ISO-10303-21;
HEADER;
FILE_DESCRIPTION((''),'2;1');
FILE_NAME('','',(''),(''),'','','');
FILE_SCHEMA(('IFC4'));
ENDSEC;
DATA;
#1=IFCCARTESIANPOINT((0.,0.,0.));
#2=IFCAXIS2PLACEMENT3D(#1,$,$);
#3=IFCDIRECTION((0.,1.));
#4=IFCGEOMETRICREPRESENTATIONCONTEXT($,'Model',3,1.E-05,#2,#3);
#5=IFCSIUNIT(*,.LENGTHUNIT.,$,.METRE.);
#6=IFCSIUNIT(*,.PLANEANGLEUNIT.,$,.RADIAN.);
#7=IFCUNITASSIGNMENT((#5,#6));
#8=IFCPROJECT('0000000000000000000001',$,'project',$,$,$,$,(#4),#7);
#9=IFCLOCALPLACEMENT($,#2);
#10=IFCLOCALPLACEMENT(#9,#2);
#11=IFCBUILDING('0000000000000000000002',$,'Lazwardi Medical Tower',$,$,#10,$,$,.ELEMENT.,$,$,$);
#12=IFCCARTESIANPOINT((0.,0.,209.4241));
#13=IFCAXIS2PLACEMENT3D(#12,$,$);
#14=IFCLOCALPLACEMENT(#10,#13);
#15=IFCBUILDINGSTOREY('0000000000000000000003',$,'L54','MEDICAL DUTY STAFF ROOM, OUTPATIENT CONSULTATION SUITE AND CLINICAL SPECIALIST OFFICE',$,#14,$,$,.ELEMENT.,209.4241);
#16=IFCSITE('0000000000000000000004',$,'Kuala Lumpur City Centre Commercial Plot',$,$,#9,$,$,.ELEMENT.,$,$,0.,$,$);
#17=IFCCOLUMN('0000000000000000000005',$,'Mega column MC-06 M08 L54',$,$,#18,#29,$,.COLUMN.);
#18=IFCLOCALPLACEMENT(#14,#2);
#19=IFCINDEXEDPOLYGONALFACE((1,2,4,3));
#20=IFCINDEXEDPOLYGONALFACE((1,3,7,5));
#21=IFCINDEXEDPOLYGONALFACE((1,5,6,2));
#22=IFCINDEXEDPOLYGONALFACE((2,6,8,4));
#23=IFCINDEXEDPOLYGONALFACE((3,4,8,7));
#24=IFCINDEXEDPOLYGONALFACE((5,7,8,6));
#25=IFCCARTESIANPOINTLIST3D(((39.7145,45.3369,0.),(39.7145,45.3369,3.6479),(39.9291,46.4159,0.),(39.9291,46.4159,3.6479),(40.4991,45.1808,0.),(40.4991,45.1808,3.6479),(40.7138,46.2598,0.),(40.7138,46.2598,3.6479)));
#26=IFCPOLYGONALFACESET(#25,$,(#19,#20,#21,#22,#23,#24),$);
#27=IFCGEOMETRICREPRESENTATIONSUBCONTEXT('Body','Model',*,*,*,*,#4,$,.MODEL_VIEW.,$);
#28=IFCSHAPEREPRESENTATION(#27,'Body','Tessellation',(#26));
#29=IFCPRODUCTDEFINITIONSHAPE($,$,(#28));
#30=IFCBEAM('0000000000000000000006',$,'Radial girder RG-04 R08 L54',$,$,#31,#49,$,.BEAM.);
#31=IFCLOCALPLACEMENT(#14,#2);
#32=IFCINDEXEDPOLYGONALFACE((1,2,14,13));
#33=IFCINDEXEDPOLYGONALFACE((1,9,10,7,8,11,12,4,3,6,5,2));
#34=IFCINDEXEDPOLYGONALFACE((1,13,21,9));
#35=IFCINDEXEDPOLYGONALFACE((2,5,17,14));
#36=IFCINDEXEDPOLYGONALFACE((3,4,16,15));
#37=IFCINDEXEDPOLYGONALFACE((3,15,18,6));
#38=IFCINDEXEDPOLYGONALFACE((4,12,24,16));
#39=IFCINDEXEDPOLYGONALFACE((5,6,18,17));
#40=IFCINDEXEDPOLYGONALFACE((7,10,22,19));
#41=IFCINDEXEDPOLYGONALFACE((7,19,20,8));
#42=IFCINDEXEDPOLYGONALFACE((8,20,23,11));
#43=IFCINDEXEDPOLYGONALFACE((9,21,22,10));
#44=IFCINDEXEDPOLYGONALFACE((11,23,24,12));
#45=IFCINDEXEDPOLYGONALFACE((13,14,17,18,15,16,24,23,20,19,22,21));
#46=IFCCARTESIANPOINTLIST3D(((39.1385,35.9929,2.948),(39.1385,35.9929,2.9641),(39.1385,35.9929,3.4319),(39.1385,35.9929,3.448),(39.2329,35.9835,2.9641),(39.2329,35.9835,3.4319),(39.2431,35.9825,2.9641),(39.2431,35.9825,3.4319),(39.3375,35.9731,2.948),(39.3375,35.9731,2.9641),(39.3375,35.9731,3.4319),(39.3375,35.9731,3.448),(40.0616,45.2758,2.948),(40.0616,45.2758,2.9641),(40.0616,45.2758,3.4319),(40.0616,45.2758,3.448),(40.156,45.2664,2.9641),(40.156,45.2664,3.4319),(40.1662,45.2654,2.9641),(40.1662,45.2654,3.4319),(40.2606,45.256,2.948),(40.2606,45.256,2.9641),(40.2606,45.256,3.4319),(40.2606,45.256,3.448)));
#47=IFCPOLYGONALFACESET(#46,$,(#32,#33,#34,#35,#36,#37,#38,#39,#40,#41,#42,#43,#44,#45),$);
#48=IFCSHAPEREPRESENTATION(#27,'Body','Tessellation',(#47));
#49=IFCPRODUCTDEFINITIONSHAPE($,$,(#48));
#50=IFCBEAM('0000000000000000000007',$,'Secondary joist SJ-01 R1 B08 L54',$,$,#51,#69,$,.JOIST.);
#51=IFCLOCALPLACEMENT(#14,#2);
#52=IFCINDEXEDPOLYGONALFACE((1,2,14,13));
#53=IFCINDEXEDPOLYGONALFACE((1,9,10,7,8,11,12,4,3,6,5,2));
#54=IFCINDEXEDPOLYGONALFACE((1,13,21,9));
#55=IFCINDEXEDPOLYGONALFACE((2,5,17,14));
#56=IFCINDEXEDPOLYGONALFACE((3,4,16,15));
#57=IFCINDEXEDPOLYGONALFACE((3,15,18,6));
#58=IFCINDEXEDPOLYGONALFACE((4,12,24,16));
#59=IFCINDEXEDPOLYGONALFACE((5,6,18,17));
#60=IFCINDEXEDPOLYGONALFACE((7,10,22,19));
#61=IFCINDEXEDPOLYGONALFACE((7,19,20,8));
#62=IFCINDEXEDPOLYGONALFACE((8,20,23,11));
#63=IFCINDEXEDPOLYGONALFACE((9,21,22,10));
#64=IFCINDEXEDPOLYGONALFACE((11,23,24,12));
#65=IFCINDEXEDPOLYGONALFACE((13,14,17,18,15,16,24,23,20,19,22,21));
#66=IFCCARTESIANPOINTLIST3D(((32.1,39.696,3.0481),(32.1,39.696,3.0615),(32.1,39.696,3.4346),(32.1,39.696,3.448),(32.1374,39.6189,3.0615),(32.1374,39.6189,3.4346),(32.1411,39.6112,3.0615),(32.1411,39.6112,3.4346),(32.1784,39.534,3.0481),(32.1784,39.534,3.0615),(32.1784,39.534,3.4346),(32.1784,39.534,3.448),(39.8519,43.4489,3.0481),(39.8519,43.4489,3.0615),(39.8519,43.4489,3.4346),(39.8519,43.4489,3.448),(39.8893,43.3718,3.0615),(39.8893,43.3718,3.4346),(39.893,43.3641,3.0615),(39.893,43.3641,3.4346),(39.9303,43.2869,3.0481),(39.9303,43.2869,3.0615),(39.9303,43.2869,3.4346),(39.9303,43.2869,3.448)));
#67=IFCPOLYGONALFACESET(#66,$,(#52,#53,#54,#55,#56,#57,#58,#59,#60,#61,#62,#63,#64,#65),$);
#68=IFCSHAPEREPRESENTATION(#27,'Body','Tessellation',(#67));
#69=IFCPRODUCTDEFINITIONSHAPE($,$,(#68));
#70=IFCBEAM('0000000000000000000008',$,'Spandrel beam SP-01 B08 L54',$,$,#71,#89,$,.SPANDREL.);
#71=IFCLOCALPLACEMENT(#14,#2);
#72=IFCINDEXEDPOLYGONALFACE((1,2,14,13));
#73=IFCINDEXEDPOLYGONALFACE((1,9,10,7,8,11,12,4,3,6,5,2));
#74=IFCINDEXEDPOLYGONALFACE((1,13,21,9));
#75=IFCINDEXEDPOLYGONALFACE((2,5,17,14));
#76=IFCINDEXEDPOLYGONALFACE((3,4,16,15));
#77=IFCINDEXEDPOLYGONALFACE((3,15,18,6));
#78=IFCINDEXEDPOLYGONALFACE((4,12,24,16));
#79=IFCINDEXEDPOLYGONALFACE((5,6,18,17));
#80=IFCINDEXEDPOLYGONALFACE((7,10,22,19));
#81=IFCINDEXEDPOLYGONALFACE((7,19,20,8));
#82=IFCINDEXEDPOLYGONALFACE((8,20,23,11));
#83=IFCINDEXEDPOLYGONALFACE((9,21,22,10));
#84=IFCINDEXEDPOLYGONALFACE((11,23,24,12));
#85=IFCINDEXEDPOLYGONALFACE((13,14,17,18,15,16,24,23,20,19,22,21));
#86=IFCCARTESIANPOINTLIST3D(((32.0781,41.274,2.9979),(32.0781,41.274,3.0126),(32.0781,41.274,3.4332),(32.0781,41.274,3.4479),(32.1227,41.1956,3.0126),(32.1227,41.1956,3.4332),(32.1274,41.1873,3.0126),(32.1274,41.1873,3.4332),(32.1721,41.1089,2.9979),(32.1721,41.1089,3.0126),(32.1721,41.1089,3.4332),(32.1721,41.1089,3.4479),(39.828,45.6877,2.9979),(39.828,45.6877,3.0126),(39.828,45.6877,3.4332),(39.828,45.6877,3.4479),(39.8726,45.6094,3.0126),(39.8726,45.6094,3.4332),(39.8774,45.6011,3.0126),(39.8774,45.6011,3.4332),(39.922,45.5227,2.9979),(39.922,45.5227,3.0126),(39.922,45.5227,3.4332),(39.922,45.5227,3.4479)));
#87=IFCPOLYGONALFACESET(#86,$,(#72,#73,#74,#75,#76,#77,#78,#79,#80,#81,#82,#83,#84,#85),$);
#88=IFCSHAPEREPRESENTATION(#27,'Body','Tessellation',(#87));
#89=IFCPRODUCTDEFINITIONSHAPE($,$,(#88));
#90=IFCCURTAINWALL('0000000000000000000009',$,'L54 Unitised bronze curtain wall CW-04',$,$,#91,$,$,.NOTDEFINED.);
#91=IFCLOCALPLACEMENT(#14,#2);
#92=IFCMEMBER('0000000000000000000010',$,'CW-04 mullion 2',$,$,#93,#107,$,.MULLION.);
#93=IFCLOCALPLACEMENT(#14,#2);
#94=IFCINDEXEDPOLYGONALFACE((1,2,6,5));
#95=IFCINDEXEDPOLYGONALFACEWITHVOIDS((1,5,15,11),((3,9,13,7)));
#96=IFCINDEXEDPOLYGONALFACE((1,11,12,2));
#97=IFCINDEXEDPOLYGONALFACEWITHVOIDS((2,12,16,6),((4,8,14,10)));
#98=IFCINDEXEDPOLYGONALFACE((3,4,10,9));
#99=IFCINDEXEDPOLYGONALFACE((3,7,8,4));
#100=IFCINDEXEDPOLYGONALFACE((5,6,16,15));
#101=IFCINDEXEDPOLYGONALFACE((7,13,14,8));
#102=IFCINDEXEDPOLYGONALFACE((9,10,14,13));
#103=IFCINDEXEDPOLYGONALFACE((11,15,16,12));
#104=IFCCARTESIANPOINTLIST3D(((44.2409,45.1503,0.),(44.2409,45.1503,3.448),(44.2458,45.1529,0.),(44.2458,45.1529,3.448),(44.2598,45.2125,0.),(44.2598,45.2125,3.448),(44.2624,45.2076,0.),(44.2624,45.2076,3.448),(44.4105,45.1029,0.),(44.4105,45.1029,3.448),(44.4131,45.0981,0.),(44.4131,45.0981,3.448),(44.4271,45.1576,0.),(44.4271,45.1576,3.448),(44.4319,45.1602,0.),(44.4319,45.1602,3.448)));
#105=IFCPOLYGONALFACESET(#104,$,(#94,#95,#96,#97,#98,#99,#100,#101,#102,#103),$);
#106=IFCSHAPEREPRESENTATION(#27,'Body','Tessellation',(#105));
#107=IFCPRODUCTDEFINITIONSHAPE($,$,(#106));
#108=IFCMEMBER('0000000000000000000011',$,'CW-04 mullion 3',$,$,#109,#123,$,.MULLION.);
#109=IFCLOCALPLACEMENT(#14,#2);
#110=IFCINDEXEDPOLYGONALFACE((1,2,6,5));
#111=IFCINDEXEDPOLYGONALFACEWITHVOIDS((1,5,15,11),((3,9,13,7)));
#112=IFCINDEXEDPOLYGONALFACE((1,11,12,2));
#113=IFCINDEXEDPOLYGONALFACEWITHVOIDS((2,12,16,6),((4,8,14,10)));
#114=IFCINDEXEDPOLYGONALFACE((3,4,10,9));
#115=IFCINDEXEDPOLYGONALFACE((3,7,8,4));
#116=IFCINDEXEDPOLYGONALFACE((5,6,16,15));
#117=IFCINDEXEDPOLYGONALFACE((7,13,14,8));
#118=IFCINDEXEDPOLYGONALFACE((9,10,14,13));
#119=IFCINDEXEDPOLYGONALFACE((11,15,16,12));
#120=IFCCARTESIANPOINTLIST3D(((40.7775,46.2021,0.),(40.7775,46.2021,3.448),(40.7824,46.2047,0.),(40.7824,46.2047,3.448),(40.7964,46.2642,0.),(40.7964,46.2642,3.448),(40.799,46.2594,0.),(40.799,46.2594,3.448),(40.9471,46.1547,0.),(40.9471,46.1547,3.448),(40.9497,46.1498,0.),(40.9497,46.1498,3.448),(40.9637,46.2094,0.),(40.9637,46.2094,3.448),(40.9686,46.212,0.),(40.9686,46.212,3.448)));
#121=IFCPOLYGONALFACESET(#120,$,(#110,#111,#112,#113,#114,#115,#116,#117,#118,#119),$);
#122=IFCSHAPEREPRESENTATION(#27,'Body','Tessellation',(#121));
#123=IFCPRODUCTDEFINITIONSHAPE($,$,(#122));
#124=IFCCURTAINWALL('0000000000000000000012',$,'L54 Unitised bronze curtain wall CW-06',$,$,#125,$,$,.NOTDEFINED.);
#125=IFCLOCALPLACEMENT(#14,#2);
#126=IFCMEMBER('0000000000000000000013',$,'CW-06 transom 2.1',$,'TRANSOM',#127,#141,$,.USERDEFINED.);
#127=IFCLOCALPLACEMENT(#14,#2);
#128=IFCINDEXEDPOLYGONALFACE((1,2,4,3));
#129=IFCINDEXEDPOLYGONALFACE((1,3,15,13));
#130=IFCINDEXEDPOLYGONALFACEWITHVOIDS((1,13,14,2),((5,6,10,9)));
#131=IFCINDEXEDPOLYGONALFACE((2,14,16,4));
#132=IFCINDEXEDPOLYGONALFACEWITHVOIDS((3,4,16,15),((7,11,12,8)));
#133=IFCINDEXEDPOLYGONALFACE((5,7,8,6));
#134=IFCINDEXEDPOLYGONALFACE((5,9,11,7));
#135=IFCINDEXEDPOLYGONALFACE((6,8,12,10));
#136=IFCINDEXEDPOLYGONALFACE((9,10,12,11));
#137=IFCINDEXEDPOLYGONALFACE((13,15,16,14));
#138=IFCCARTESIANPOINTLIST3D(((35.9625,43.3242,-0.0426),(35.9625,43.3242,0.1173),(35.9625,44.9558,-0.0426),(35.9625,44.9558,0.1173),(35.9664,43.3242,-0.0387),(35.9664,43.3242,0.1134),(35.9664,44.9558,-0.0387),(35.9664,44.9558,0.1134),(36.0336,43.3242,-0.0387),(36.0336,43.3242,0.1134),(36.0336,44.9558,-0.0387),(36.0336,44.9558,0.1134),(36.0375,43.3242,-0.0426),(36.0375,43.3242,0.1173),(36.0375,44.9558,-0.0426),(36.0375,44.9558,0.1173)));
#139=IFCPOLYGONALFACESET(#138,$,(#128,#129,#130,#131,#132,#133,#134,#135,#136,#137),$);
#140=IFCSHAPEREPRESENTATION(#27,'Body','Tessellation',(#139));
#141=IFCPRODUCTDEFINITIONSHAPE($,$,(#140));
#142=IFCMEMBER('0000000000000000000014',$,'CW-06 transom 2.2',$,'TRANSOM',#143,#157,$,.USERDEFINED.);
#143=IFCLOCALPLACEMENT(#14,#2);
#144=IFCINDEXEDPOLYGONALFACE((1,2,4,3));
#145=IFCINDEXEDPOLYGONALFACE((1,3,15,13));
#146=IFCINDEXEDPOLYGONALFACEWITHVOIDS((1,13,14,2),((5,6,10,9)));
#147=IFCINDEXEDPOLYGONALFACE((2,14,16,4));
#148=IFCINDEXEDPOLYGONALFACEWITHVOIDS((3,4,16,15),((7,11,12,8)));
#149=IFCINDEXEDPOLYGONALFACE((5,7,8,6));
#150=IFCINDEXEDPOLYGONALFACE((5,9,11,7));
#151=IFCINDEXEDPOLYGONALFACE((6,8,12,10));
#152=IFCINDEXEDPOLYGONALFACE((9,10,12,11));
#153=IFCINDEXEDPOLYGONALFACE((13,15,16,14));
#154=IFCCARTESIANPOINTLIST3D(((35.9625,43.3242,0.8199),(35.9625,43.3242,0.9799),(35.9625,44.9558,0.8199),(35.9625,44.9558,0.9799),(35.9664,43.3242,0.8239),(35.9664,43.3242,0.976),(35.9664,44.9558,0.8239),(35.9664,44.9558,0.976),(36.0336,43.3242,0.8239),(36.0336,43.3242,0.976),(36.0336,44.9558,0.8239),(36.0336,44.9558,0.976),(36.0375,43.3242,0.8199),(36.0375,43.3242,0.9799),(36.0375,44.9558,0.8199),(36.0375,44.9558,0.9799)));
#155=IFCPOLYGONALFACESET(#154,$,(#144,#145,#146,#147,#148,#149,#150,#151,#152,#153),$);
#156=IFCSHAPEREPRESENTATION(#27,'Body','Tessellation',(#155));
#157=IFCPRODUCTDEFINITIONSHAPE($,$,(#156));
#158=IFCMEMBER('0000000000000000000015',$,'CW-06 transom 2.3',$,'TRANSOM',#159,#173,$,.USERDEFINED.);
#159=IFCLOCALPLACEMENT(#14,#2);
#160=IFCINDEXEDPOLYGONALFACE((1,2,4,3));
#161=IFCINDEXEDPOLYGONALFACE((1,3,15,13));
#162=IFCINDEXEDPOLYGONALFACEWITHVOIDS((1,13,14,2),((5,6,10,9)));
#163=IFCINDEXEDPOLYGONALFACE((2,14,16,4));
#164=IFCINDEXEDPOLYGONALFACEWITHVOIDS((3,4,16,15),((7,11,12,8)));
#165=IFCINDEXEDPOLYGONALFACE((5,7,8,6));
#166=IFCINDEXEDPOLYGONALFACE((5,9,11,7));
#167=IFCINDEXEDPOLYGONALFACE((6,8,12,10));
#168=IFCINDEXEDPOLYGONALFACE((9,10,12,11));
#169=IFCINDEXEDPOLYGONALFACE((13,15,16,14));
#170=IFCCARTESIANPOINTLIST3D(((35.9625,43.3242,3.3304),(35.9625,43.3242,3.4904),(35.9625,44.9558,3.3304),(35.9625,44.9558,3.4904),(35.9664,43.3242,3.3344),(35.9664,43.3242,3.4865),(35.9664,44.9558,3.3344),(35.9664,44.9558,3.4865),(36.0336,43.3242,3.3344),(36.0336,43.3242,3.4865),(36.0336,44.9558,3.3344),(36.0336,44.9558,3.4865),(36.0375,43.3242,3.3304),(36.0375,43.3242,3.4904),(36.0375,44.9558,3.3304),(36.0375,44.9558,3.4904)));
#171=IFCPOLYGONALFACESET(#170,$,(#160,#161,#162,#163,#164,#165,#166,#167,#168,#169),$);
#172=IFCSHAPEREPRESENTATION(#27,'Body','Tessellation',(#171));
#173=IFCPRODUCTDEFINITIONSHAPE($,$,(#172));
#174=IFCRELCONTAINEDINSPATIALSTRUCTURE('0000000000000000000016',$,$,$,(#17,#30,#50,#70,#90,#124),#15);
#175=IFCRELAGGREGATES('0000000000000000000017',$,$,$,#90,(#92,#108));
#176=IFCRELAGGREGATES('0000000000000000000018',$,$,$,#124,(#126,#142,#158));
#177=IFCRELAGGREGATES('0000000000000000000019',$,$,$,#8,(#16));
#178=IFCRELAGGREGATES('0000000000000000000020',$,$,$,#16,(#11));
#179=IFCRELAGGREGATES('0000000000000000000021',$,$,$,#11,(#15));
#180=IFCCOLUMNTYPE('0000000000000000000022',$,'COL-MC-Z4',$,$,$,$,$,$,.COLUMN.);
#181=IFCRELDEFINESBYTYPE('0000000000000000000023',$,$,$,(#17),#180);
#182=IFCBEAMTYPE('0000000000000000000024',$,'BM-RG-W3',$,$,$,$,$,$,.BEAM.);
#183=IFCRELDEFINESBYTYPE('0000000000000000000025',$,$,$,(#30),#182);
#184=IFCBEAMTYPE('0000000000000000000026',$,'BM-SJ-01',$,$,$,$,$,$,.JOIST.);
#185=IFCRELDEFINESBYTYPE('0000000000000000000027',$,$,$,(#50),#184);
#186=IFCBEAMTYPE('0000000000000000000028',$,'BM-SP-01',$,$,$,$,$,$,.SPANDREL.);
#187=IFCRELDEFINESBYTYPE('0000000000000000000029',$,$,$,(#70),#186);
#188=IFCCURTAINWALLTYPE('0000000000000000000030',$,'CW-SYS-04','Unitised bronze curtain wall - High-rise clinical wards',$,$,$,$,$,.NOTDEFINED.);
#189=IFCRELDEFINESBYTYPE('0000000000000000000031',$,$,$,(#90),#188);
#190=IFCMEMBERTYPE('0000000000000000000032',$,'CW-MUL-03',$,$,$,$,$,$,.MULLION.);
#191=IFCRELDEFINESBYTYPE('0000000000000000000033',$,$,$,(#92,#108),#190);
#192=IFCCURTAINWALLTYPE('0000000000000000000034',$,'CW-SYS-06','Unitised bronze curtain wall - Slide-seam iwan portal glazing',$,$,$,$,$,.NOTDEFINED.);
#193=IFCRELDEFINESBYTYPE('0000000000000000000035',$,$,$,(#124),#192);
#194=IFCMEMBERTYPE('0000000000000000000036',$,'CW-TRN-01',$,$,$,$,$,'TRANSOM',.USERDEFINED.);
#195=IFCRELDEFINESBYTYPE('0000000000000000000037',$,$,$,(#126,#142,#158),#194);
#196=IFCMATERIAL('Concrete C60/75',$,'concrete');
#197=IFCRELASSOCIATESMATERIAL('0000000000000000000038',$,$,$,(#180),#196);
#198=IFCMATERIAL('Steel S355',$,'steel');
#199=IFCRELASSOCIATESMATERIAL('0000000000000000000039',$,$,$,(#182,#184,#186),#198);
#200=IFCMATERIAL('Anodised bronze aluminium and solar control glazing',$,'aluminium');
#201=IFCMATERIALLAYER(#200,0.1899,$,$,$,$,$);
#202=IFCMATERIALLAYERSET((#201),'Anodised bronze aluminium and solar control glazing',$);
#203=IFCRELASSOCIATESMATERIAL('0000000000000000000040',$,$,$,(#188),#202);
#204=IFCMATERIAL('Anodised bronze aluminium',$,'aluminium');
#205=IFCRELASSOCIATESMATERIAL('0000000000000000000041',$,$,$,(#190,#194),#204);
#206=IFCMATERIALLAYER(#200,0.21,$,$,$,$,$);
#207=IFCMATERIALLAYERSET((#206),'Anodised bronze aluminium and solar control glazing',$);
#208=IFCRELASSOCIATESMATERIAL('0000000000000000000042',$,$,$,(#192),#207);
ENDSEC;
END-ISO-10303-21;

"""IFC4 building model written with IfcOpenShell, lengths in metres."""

from ifc_helpers import new_model, si_unit, direction, frame, origin, origin_2d, place, context, subcontext, project, spatial, rectangle, hollow_rectangle, i_section, extrude, material, layer, layer_set, material_profile, profile_set, type_object, element, aggregate, save


model = new_model("IFC4")

# Units and contexts
model_context = context("Model", 3, precision=1e-05, world=origin(), true_north=direction((0.0, 1.0)))
body_context = subcontext(model_context, "Body", "Model", "MODEL_VIEW")
ifc_project = project(units=[si_unit("LENGTHUNIT", "METRE"), si_unit("PLANEANGLEUNIT", "RADIAN")], contexts=[model_context])

# Site, building, storey
site_placement = place(None, origin())
site = spatial("IfcSite", under=ifc_project, at=site_placement, Name="Kuala Lumpur City Centre Commercial Plot", CompositionType="ELEMENT", RefElevation=0.0)
building_placement = place(site_placement, origin())
building = spatial("IfcBuilding", under=site, at=building_placement, Name="Lazwardi Medical Tower", CompositionType="ELEMENT")
storey_placement = place(building_placement, frame((0.0, 0.0, 209.4241)))
storey = spatial("IfcBuildingStorey", under=building, at=storey_placement, Name="L54", Description="MEDICAL DUTY STAFF ROOM, OUTPATIENT CONSULTATION SUITE AND CLINICAL SPECIALIST OFFICE", CompositionType="ELEMENT", Elevation=209.4241)

# Column
ifc_material_1 = material(Name="Concrete C60/75", Category="concrete")
ifc_material_profile_1 = material_profile(ifc_material_1, rectangle(XDim=1.1001, YDim=0.8, at=origin_2d()), Name="CFT-RECT 1100x800")
ifc_profile_set_1 = profile_set([ifc_material_profile_1], Name="Concrete C60/75")
column_type = type_object("IfcColumnType", Name="COL-MC-Z4", PredefinedType="COLUMN", material=ifc_profile_set_1)
column_placement = place(storey_placement, frame((40.2141, 45.7983, 0.0), z_axis=(0.0, 0.0, 1.0), x_axis=(0.19509, 0.980785, 0.0)))
element("IfcColumn", 1, at=column_placement, inside=storey, type_object=column_type, Name="Mega column MC-06 M08 L54", PredefinedType="COLUMN", context=body_context, shape_type="SweptSolid", body=[
    extrude(rectangle(XDim=1.1001, YDim=0.8, at=origin_2d()), origin(), (0.0, 0.0, 1.0), 3.6479),
])

# Beams
ifc_material_2 = material(Name="Steel S355", Category="steel")
ifc_material_profile_2 = material_profile(ifc_material_2, i_section(OverallWidth=0.2, OverallDepth=0.5, WebThickness=0.0103, FlangeThickness=0.0161, at=origin_2d()), Name="IPE 500")
ifc_profile_set_2 = profile_set([ifc_material_profile_2], Name="Steel S355")
beam_type_1 = type_object("IfcBeamType", Name="BM-RG-W3", PredefinedType="BEAM", material=ifc_profile_set_2)
beam_1_placement = place(storey_placement, frame((40.1611, 45.2659, 3.198), z_axis=(-0.098954, -0.995092, 0.0), x_axis=(0.995092, -0.098954, 0.0)))
element("IfcBeam", 2, at=beam_1_placement, inside=storey, type_object=beam_type_1, Name="Radial girder RG-04 R08 L54", PredefinedType="BEAM", context=body_context, shape_type="SweptSolid", body=[
    extrude(i_section(OverallWidth=0.2, OverallDepth=0.5, WebThickness=0.0103, FlangeThickness=0.0161, at=origin_2d()), origin(), (0.0, 0.0, 1.0), 9.3286),
])
ifc_material_profile_3 = material_profile(ifc_material_2, i_section(OverallWidth=0.1799, OverallDepth=0.3999, WebThickness=0.0085, FlangeThickness=0.0134, at=origin_2d()), Name="IPE 400")
ifc_profile_set_3 = profile_set([ifc_material_profile_3], Name="Steel S355")
beam_type_2 = type_object("IfcBeamType", Name="BM-SJ-01", PredefinedType="JOIST", material=ifc_profile_set_3)
beam_2_placement = place(storey_placement, frame((39.8911, 43.3679, 3.248), z_axis=(-0.900069, -0.435748, 0.0), x_axis=(0.435748, -0.900069, 0.0)))
element("IfcBeam", 3, at=beam_2_placement, inside=storey, type_object=beam_type_2, Name="Secondary joist SJ-01 R1 B08 L54", PredefinedType="JOIST", context=body_context, shape_type="SweptSolid", body=[
    extrude(i_section(OverallWidth=0.1799, OverallDepth=0.3999, WebThickness=0.0085, FlangeThickness=0.0134, at=origin_2d()), origin(), (0.0, 0.0, 1.0), 8.6125),
])
ifc_material_profile_4 = material_profile(ifc_material_2, i_section(OverallWidth=0.1899, OverallDepth=0.45, WebThickness=0.0095, FlangeThickness=0.0146, at=origin_2d()), Name="IPE 450")
ifc_profile_set_4 = profile_set([ifc_material_profile_4], Name="Steel S355")
beam_type_3 = type_object("IfcBeamType", Name="BM-SP-01", PredefinedType="SPANDREL", material=ifc_profile_set_4)
beam_3_placement = place(storey_placement, frame((39.875, 45.6052, 3.2229), z_axis=(-0.868955, -0.494891, 0.0), x_axis=(0.494891, -0.868955, 0.0)))
element("IfcBeam", 4, at=beam_3_placement, inside=storey, type_object=beam_type_3, Name="Spandrel beam SP-01 B08 L54", PredefinedType="SPANDREL", context=body_context, shape_type="SweptSolid", body=[
    extrude(i_section(OverallWidth=0.1899, OverallDepth=0.45, WebThickness=0.0095, FlangeThickness=0.0146, at=origin_2d()), origin(), (0.0, 0.0, 1.0), 8.9187),
])

# Curtain walls, members
ifc_material_3 = material(Name="Anodised bronze aluminium and solar control glazing", Category="aluminium")
ifc_layer_1 = layer(ifc_material_3, 0.1899)
ifc_layer_set_1 = layer_set([ifc_layer_1], Name="Anodised bronze aluminium and solar control glazing")
curtain_wall_type_1 = type_object("IfcCurtainWallType", Name="CW-SYS-04", Description="Unitised bronze curtain wall - High-rise clinical wards", PredefinedType="NOTDEFINED", material=ifc_layer_set_1)
curtain_wall_1_placement = place(storey_placement, origin())
curtain_wall_1 = element("IfcCurtainWall", 5, at=curtain_wall_1_placement, inside=storey, type_object=curtain_wall_type_1, Name="L54 Unitised bronze curtain wall CW-04", PredefinedType="NOTDEFINED")
ifc_material_4 = material(Name="Anodised bronze aluminium", Category="aluminium")
ifc_material_profile_5 = material_profile(ifc_material_4, hollow_rectangle(XDim=0.0649, YDim=0.1799, WallThickness=0.0039, at=origin_2d()), Name="ALU-MULLION 180x65x4")
ifc_profile_set_5 = profile_set([ifc_material_profile_5], Name="Anodised bronze aluminium")
member_type_1 = type_object("IfcMemberType", Name="CW-MUL-03", PredefinedType="MULLION", material=ifc_profile_set_5)
member_1_placement = place(storey_placement, frame((44.3364, 45.1553, 0.0), z_axis=(0.0, 0.0, 1.0), x_axis=(-0.290582, -0.95685, 0.0)))
member_1 = element("IfcMember", 6, at=member_1_placement, type_object=member_type_1, Name="CW-04 mullion 2", PredefinedType="MULLION", context=body_context, shape_type="SweptSolid", body=[
    extrude(hollow_rectangle(XDim=0.0649, YDim=0.1799, WallThickness=0.0039, at=origin_2d()), origin(), (0.0, 0.0, 1.0), 3.448),
])
member_2_placement = place(storey_placement, frame((40.873, 46.207, 0.0), z_axis=(0.0, 0.0, 1.0), x_axis=(-0.290582, -0.95685, 0.0)))
member_2 = element("IfcMember", 7, at=member_2_placement, type_object=member_type_1, Name="CW-04 mullion 3", PredefinedType="MULLION", context=body_context, shape_type="SweptSolid", body=[
    extrude(hollow_rectangle(XDim=0.0649, YDim=0.1799, WallThickness=0.0039, at=origin_2d()), origin(), (0.0, 0.0, 1.0), 3.448),
])
ifc_layer_2 = layer(ifc_material_3, 0.21)
ifc_layer_set_2 = layer_set([ifc_layer_2], Name="Anodised bronze aluminium and solar control glazing")
curtain_wall_type_2 = type_object("IfcCurtainWallType", Name="CW-SYS-06", Description="Unitised bronze curtain wall - Slide-seam iwan portal glazing", PredefinedType="NOTDEFINED", material=ifc_layer_set_2)
curtain_wall_2_placement = place(storey_placement, origin())
curtain_wall_2 = element("IfcCurtainWall", 8, at=curtain_wall_2_placement, inside=storey, type_object=curtain_wall_type_2, Name="L54 Unitised bronze curtain wall CW-06", PredefinedType="NOTDEFINED")
ifc_material_profile_6 = material_profile(ifc_material_4, hollow_rectangle(XDim=0.075, YDim=0.1599, WallThickness=0.0039, at=origin_2d()), Name="ALU-TRANSOM 160x75x4")
ifc_profile_set_6 = profile_set([ifc_material_profile_6], Name="Anodised bronze aluminium")
member_type_2 = type_object("IfcMemberType", Name="CW-TRN-01", ElementType="TRANSOM", PredefinedType="USERDEFINED", material=ifc_profile_set_6)
member_3_placement = place(storey_placement, frame((36.0, 44.9558, 0.0374), z_axis=(0.0, -1.0, 0.0), x_axis=(1.0, 0.0, 0.0)))
member_3 = element("IfcMember", 9, at=member_3_placement, type_object=member_type_2, Name="CW-06 transom 2.1", ObjectType="TRANSOM", PredefinedType="USERDEFINED", context=body_context, shape_type="SweptSolid", body=[
    extrude(hollow_rectangle(XDim=0.075, YDim=0.1599, WallThickness=0.0039, at=origin_2d()), origin(), (0.0, 0.0, 1.0), 1.6316),
])
member_4_placement = place(storey_placement, frame((36.0, 44.9558, 0.8999), z_axis=(0.0, -1.0, 0.0), x_axis=(1.0, 0.0, 0.0)))
member_4 = element("IfcMember", 10, at=member_4_placement, type_object=member_type_2, Name="CW-06 transom 2.2", ObjectType="TRANSOM", PredefinedType="USERDEFINED", context=body_context, shape_type="SweptSolid", body=[
    extrude(hollow_rectangle(XDim=0.075, YDim=0.1599, WallThickness=0.0039, at=origin_2d()), origin(), (0.0, 0.0, 1.0), 1.6316),
])
member_5_placement = place(storey_placement, frame((36.0, 44.9558, 3.4104), z_axis=(0.0, -1.0, 0.0), x_axis=(1.0, 0.0, 0.0)))
member_5 = element("IfcMember", 11, at=member_5_placement, type_object=member_type_2, Name="CW-06 transom 2.3", ObjectType="TRANSOM", PredefinedType="USERDEFINED", context=body_context, shape_type="SweptSolid", body=[
    extrude(hollow_rectangle(XDim=0.075, YDim=0.1599, WallThickness=0.0039, at=origin_2d()), origin(), (0.0, 0.0, 1.0), 1.6316),
])

aggregate(curtain_wall_1, [member_1, member_2])
aggregate(curtain_wall_2, [member_3, member_4, member_5])

save(model, "model.ifc")
